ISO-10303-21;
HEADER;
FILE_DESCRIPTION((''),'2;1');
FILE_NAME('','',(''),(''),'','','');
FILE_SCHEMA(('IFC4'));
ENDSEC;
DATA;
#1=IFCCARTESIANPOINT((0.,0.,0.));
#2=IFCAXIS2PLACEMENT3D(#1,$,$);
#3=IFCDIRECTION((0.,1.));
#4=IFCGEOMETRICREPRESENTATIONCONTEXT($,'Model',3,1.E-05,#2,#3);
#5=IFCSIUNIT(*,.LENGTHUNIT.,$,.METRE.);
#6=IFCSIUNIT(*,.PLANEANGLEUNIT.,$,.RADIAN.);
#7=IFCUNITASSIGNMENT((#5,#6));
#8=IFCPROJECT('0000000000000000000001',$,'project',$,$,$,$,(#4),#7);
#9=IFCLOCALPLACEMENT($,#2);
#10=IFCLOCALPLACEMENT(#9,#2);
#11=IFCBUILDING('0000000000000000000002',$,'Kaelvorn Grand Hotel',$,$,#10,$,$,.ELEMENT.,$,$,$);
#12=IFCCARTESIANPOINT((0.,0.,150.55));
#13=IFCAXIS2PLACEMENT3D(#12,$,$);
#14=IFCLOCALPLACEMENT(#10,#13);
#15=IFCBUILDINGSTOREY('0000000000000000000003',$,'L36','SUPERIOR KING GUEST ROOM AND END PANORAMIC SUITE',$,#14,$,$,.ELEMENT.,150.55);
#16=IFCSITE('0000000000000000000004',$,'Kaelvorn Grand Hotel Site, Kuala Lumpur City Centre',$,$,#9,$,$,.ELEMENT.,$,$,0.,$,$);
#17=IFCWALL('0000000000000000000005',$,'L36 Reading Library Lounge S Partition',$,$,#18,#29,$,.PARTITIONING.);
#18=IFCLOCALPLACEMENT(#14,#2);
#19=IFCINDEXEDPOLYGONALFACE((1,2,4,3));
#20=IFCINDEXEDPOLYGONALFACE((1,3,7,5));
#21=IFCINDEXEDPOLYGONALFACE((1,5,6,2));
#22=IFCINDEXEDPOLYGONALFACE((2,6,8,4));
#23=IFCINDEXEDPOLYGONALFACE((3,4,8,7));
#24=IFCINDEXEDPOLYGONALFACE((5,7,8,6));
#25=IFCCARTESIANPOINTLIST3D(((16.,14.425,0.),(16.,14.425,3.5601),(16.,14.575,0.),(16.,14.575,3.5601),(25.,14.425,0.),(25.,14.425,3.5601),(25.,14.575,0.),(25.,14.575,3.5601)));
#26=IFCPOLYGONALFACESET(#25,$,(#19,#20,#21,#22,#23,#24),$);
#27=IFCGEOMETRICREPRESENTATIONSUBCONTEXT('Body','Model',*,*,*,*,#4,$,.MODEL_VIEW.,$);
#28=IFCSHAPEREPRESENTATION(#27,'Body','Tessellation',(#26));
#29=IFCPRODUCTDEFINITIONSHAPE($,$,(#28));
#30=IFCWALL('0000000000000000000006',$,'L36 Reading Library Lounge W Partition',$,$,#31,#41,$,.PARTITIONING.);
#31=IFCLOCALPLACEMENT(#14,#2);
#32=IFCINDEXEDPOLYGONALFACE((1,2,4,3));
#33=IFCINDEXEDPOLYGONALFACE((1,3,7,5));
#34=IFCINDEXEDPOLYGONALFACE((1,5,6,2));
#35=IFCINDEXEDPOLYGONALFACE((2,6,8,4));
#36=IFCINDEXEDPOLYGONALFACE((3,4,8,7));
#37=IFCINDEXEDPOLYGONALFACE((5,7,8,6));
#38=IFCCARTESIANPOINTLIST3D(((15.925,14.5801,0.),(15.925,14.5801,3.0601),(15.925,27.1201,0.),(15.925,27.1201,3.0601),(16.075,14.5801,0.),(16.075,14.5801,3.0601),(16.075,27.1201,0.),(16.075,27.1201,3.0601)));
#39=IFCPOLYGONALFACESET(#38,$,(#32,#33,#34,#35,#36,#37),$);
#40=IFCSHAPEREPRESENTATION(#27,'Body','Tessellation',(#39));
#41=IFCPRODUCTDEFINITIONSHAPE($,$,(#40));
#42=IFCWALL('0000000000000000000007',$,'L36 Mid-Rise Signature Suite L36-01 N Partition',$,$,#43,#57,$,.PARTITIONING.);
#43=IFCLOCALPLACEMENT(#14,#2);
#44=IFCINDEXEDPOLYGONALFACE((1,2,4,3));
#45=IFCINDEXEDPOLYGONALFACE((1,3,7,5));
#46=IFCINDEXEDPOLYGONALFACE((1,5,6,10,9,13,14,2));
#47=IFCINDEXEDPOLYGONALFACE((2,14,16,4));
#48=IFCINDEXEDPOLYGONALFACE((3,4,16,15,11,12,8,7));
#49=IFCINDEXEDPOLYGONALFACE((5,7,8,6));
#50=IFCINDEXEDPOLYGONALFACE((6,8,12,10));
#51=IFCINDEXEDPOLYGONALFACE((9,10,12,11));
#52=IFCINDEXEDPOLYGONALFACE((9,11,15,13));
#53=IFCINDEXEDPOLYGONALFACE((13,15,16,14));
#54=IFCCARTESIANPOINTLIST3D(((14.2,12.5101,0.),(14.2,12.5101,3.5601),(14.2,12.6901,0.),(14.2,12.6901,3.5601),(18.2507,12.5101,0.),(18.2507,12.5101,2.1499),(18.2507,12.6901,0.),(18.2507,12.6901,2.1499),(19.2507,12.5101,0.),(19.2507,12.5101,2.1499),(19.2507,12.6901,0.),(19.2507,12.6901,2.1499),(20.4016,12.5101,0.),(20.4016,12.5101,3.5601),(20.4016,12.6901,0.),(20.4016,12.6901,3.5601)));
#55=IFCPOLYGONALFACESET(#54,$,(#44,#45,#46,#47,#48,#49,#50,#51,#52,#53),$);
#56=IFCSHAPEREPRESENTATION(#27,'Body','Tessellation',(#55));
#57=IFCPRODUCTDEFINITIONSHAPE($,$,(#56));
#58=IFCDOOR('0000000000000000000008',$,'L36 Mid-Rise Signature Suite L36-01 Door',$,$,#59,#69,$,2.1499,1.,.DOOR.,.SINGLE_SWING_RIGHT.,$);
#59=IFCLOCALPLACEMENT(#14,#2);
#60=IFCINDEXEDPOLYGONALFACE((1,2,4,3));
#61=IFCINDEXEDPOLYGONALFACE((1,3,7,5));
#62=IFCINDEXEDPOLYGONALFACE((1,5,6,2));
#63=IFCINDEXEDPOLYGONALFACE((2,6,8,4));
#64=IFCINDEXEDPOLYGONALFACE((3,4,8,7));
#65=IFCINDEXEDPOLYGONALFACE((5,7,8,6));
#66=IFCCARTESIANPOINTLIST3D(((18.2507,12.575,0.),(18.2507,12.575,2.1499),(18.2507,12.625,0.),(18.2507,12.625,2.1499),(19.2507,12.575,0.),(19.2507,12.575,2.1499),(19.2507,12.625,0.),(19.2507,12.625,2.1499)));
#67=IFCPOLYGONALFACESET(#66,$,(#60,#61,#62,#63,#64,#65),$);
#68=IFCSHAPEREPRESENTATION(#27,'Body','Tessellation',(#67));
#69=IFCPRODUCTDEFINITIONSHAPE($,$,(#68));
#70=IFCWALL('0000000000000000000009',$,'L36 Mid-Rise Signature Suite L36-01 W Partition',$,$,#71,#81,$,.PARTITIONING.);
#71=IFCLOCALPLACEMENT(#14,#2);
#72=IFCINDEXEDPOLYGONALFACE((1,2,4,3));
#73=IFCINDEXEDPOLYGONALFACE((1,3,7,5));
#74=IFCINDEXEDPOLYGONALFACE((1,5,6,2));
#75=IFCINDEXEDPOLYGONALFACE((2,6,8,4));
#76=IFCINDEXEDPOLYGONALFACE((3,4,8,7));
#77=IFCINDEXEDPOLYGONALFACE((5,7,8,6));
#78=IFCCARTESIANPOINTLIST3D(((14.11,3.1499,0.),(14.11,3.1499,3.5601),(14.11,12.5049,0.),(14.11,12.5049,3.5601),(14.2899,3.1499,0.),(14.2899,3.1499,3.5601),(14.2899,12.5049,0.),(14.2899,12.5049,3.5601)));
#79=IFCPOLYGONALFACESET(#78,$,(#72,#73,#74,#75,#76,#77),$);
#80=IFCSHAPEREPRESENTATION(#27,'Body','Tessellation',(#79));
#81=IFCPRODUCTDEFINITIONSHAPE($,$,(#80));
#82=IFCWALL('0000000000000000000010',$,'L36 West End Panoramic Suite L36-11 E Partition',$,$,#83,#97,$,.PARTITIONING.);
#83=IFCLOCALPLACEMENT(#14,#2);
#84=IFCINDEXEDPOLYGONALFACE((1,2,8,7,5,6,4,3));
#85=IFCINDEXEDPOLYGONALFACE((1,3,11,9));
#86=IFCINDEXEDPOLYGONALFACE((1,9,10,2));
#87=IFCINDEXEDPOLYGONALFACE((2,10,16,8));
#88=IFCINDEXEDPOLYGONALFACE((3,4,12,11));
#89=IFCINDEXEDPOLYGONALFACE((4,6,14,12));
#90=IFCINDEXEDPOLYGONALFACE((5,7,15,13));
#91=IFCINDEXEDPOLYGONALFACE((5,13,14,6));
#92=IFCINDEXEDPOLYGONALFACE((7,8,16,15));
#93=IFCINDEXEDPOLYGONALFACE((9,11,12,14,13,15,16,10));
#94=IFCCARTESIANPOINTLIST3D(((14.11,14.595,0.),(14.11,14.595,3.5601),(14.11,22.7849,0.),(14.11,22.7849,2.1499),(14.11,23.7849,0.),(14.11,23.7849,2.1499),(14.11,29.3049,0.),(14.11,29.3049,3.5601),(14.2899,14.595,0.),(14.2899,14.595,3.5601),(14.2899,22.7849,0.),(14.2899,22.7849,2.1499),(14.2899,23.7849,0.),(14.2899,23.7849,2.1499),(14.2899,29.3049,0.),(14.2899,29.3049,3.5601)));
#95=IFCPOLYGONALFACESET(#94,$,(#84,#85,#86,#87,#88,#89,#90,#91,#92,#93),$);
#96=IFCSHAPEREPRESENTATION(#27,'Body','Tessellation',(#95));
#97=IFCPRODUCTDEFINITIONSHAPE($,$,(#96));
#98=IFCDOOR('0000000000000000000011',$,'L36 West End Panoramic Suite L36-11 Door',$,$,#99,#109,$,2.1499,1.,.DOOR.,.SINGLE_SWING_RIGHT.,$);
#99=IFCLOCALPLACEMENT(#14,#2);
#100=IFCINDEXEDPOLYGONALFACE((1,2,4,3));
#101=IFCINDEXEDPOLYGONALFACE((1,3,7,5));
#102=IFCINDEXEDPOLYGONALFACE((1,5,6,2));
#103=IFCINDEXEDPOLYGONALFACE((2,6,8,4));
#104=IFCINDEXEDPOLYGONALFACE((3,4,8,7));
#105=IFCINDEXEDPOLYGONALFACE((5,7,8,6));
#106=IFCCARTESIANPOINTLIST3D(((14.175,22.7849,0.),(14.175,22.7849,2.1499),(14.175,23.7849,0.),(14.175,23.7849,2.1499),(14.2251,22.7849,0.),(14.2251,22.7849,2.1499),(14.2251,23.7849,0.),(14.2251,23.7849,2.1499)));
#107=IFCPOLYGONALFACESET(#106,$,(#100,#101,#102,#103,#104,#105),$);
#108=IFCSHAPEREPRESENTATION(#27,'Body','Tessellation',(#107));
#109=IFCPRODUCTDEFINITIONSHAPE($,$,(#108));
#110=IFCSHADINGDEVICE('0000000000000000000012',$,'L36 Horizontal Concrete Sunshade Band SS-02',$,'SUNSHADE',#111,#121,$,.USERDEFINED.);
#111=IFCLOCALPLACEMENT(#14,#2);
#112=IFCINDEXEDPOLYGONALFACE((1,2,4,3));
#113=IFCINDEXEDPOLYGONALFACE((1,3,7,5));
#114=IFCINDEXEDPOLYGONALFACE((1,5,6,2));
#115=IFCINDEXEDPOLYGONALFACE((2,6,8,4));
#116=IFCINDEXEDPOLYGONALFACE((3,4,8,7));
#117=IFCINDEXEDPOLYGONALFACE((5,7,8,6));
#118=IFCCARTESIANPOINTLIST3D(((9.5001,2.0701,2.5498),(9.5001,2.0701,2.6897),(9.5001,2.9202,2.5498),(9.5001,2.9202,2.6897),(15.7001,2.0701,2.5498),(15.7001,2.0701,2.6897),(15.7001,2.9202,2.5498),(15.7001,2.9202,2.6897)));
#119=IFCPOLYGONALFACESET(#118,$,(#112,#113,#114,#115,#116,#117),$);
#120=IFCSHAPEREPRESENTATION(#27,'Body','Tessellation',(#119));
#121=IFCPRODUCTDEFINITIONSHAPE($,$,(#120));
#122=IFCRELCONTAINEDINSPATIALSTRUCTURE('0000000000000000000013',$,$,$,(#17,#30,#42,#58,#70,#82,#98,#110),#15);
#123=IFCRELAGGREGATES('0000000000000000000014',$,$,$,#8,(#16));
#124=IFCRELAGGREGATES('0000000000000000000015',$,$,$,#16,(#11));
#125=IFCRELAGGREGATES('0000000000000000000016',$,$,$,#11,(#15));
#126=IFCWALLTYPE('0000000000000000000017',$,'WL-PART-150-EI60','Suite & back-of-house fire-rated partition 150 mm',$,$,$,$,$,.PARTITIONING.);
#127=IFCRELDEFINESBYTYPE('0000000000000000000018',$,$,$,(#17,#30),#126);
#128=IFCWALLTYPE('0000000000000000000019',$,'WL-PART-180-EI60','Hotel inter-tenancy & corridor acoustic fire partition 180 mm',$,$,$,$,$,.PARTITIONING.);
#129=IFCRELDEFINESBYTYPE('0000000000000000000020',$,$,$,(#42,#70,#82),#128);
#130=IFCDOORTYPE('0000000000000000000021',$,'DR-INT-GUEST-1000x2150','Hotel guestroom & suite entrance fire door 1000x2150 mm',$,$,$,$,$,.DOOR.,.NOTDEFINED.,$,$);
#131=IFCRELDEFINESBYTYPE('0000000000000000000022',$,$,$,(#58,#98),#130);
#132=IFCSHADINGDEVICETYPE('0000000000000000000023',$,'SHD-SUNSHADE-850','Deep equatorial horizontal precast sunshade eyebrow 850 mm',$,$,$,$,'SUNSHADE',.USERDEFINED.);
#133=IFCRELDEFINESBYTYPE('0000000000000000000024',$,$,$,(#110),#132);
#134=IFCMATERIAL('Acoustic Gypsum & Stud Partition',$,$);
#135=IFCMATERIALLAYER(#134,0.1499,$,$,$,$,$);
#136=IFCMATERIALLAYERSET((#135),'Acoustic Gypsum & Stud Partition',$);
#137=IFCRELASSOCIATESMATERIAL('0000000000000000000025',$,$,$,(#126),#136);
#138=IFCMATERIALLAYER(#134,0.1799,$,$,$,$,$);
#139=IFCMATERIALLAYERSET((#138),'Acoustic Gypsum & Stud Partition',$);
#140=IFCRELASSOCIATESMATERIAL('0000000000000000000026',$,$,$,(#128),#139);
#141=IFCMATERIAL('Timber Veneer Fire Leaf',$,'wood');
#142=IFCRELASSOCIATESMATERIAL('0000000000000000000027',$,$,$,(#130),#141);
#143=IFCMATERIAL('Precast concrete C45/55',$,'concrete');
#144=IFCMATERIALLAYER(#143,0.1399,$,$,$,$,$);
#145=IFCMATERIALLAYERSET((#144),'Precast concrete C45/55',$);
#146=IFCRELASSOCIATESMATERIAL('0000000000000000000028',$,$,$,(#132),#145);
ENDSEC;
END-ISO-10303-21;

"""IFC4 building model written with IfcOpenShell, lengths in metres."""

from ifc_helpers import new_model, si_unit, direction, frame, frame_2d, origin, origin_2d, place, context, subcontext, project, spatial, rectangle, extrude, material, layer, layer_set, type_object, element, fill, save


model = new_model("IFC4")

# Units and contexts
model_context = context("Model", 3, precision=1e-05, world=origin(), true_north=direction((0.0, 1.0)))
body_context = subcontext(model_context, "Body", "Model", "MODEL_VIEW")
ifc_project = project(units=[si_unit("LENGTHUNIT", "METRE"), si_unit("PLANEANGLEUNIT", "RADIAN")], contexts=[model_context])

# Site, building, storey
site_placement = place(None, origin())
site = spatial("IfcSite", under=ifc_project, at=site_placement, Name="Kaelvorn Grand Hotel Site, Kuala Lumpur City Centre", CompositionType="ELEMENT", RefElevation=0.0)
building_placement = place(site_placement, origin())
building = spatial("IfcBuilding", under=site, at=building_placement, Name="Kaelvorn Grand Hotel", CompositionType="ELEMENT")
storey_placement = place(building_placement, frame((0.0, 0.0, 150.55)))
storey = spatial("IfcBuildingStorey", under=building, at=storey_placement, Name="L36", Description="SUPERIOR KING GUEST ROOM AND END PANORAMIC SUITE", CompositionType="ELEMENT", Elevation=150.55)

# Walls
ifc_material_1 = material(Name="Acoustic Gypsum & Stud Partition")
ifc_layer_1 = layer(ifc_material_1, 0.1499)
ifc_layer_set_1 = layer_set([ifc_layer_1], Name="Acoustic Gypsum & Stud Partition")
wall_type_1 = type_object("IfcWallType", Name="WL-PART-150-EI60", Description="Suite & back-of-house fire-rated partition 150 mm", PredefinedType="PARTITIONING", material=ifc_layer_set_1)
wall_1_placement = place(storey_placement, frame((16.0, 14.5, 0.0), z_axis=(0.0, 0.0, 1.0), x_axis=(1.0, 0.0, 0.0)))
element("IfcWall", 1, at=wall_1_placement, inside=storey, type_object=wall_type_1, Name="L36 Reading Library Lounge S Partition", PredefinedType="PARTITIONING", context=body_context, shape_type="SweptSolid", body=[
    extrude(rectangle(XDim=9.0, YDim=0.1499, at=frame_2d((4.5, 0.0))), origin(), (0.0, 0.0, 1.0), 3.5601),
])
wall_2_placement = place(storey_placement, frame((16.0, 14.5801, 0.0), z_axis=(0.0, 0.0, 1.0), x_axis=(0.0, 1.0, 0.0)))
element("IfcWall", 2, at=wall_2_placement, inside=storey, type_object=wall_type_1, Name="L36 Reading Library Lounge W Partition", PredefinedType="PARTITIONING", context=body_context, shape_type="SweptSolid", body=[
    extrude(rectangle(XDim=12.54, YDim=0.1499, at=frame_2d((6.27, 0.0))), origin(), (0.0, 0.0, 1.0), 3.0601),
])

# Wall, opening, door
ifc_layer_2 = layer(ifc_material_1, 0.1799)
ifc_layer_set_2 = layer_set([ifc_layer_2], Name="Acoustic Gypsum & Stud Partition")
wall_type_2 = type_object("IfcWallType", Name="WL-PART-180-EI60", Description="Hotel inter-tenancy & corridor acoustic fire partition 180 mm", PredefinedType="PARTITIONING", material=ifc_layer_set_2)
wall_3_placement = place(storey_placement, frame((14.2, 12.6001, 0.0), z_axis=(0.0, 0.0, 1.0), x_axis=(1.0, 0.0, 0.0)))
wall_3 = element("IfcWall", 3, at=wall_3_placement, inside=storey, type_object=wall_type_2, Name="L36 Mid-Rise Signature Suite L36-01 N Partition", PredefinedType="PARTITIONING", context=body_context, shape_type="SweptSolid", body=[
    extrude(rectangle(XDim=6.2017, YDim=0.1799, at=frame_2d((3.1008, 0.0))), origin(), (0.0, 0.0, 1.0), 3.5601),
])
opening_1_placement = place(wall_3_placement, frame((4.0508, 0.0, 0.0)))
opening_1 = element("IfcOpeningElement", 4, at=opening_1_placement, cuts=wall_3, PredefinedType="OPENING", context=body_context, shape_type="SweptSolid", body=[
    extrude(rectangle(XDim=1.0, YDim=2.1499, at=frame_2d((0.5, 1.075))), frame((0.0, 0.1001, 0.0), z_axis=(0.0, -1.0, 0.0), x_axis=(1.0, 0.0, 0.0)), (0.0, 0.0, 1.0), 0.2),
])
ifc_material_2 = material(Name="Timber Veneer Fire Leaf", Category="wood")
door_type_1 = type_object("IfcDoorType", Name="DR-INT-GUEST-1000x2150", Description="Hotel guestroom & suite entrance fire door 1000x2150 mm", OperationType="NOTDEFINED", PredefinedType="DOOR", material=ifc_material_2)
door_1_placement = place(opening_1_placement, origin())
door_1 = element("IfcDoor", 5, at=door_1_placement, inside=storey, type_object=door_type_1, Name="L36 Mid-Rise Signature Suite L36-01 Door", OperationType="SINGLE_SWING_RIGHT", OverallHeight=2.1499, OverallWidth=1.0, PredefinedType="DOOR", context=body_context, shape_type="SweptSolid", body=[
    extrude(rectangle(XDim=1.0, YDim=2.1499, at=frame_2d((0.5, 1.075))), frame((0.0, 0.0249, 0.0), z_axis=(0.0, -1.0, 0.0), x_axis=(1.0, 0.0, 0.0)), (0.0, 0.0, 1.0), 0.05),
])
fill(opening_1, door_1)

# Wall
wall_4_placement = place(storey_placement, frame((14.2, 3.1499, 0.0), z_axis=(0.0, 0.0, 1.0), x_axis=(0.0, 1.0, 0.0)))
element("IfcWall", 6, at=wall_4_placement, inside=storey, type_object=wall_type_2, Name="L36 Mid-Rise Signature Suite L36-01 W Partition", PredefinedType="PARTITIONING", context=body_context, shape_type="SweptSolid", body=[
    extrude(rectangle(XDim=9.355, YDim=0.1799, at=frame_2d((4.6775, 0.0))), origin(), (0.0, 0.0, 1.0), 3.5601),
])

# Wall, opening, door
wall_5_placement = place(storey_placement, frame((14.2, 14.595, 0.0), z_axis=(0.0, 0.0, 1.0), x_axis=(0.0, 1.0, 0.0)))
wall_5 = element("IfcWall", 7, at=wall_5_placement, inside=storey, type_object=wall_type_2, Name="L36 West End Panoramic Suite L36-11 E Partition", PredefinedType="PARTITIONING", context=body_context, shape_type="SweptSolid", body=[
    extrude(rectangle(XDim=14.71, YDim=0.1799, at=frame_2d((7.355, 0.0))), origin(), (0.0, 0.0, 1.0), 3.5601),
])
opening_2_placement = place(wall_5_placement, frame((8.1899, 0.0, 0.0)))
opening_2 = element("IfcOpeningElement", 8, at=opening_2_placement, cuts=wall_5, PredefinedType="OPENING", context=body_context, shape_type="SweptSolid", body=[
    extrude(rectangle(XDim=1.0, YDim=2.1499, at=frame_2d((0.5, 1.075))), frame((0.0, 0.1001, 0.0), z_axis=(0.0, -1.0, 0.0), x_axis=(1.0, 0.0, 0.0)), (0.0, 0.0, 1.0), 0.2),
])
door_2_placement = place(opening_2_placement, origin())
door_2 = element("IfcDoor", 9, at=door_2_placement, inside=storey, type_object=door_type_1, Name="L36 West End Panoramic Suite L36-11 Door", OperationType="SINGLE_SWING_RIGHT", OverallHeight=2.1499, OverallWidth=1.0, PredefinedType="DOOR", context=body_context, shape_type="SweptSolid", body=[
    extrude(rectangle(XDim=1.0, YDim=2.1499, at=frame_2d((0.5, 1.075))), frame((0.0, 0.0249, 0.0), z_axis=(0.0, -1.0, 0.0), x_axis=(1.0, 0.0, 0.0)), (0.0, 0.0, 1.0), 0.05),
])
fill(opening_2, door_2)

# Shading device
ifc_material_3 = material(Name="Precast concrete C45/55", Category="concrete")
ifc_layer_3 = layer(ifc_material_3, 0.1399)
ifc_layer_set_3 = layer_set([ifc_layer_3], Name="Precast concrete C45/55")
shading_device_type = type_object("IfcShadingDeviceType", Name="SHD-SUNSHADE-850", Description="Deep equatorial horizontal precast sunshade eyebrow 850 mm", ElementType="SUNSHADE", PredefinedType="USERDEFINED", material=ifc_layer_set_3)
shading_device_placement = place(storey_placement, frame((12.6001, 2.4951, 2.5498), z_axis=(0.0, 0.0, 1.0), x_axis=(1.0, 0.0, 0.0)))
element("IfcShadingDevice", 10, at=shading_device_placement, inside=storey, type_object=shading_device_type, Name="L36 Horizontal Concrete Sunshade Band SS-02", ObjectType="SUNSHADE", PredefinedType="USERDEFINED", context=body_context, shape_type="SweptSolid", body=[
    extrude(rectangle(XDim=6.2, YDim=0.8501, at=origin_2d()), origin(), (0.0, 0.0, 1.0), 0.1399),
])

save(model, "model.ifc")
